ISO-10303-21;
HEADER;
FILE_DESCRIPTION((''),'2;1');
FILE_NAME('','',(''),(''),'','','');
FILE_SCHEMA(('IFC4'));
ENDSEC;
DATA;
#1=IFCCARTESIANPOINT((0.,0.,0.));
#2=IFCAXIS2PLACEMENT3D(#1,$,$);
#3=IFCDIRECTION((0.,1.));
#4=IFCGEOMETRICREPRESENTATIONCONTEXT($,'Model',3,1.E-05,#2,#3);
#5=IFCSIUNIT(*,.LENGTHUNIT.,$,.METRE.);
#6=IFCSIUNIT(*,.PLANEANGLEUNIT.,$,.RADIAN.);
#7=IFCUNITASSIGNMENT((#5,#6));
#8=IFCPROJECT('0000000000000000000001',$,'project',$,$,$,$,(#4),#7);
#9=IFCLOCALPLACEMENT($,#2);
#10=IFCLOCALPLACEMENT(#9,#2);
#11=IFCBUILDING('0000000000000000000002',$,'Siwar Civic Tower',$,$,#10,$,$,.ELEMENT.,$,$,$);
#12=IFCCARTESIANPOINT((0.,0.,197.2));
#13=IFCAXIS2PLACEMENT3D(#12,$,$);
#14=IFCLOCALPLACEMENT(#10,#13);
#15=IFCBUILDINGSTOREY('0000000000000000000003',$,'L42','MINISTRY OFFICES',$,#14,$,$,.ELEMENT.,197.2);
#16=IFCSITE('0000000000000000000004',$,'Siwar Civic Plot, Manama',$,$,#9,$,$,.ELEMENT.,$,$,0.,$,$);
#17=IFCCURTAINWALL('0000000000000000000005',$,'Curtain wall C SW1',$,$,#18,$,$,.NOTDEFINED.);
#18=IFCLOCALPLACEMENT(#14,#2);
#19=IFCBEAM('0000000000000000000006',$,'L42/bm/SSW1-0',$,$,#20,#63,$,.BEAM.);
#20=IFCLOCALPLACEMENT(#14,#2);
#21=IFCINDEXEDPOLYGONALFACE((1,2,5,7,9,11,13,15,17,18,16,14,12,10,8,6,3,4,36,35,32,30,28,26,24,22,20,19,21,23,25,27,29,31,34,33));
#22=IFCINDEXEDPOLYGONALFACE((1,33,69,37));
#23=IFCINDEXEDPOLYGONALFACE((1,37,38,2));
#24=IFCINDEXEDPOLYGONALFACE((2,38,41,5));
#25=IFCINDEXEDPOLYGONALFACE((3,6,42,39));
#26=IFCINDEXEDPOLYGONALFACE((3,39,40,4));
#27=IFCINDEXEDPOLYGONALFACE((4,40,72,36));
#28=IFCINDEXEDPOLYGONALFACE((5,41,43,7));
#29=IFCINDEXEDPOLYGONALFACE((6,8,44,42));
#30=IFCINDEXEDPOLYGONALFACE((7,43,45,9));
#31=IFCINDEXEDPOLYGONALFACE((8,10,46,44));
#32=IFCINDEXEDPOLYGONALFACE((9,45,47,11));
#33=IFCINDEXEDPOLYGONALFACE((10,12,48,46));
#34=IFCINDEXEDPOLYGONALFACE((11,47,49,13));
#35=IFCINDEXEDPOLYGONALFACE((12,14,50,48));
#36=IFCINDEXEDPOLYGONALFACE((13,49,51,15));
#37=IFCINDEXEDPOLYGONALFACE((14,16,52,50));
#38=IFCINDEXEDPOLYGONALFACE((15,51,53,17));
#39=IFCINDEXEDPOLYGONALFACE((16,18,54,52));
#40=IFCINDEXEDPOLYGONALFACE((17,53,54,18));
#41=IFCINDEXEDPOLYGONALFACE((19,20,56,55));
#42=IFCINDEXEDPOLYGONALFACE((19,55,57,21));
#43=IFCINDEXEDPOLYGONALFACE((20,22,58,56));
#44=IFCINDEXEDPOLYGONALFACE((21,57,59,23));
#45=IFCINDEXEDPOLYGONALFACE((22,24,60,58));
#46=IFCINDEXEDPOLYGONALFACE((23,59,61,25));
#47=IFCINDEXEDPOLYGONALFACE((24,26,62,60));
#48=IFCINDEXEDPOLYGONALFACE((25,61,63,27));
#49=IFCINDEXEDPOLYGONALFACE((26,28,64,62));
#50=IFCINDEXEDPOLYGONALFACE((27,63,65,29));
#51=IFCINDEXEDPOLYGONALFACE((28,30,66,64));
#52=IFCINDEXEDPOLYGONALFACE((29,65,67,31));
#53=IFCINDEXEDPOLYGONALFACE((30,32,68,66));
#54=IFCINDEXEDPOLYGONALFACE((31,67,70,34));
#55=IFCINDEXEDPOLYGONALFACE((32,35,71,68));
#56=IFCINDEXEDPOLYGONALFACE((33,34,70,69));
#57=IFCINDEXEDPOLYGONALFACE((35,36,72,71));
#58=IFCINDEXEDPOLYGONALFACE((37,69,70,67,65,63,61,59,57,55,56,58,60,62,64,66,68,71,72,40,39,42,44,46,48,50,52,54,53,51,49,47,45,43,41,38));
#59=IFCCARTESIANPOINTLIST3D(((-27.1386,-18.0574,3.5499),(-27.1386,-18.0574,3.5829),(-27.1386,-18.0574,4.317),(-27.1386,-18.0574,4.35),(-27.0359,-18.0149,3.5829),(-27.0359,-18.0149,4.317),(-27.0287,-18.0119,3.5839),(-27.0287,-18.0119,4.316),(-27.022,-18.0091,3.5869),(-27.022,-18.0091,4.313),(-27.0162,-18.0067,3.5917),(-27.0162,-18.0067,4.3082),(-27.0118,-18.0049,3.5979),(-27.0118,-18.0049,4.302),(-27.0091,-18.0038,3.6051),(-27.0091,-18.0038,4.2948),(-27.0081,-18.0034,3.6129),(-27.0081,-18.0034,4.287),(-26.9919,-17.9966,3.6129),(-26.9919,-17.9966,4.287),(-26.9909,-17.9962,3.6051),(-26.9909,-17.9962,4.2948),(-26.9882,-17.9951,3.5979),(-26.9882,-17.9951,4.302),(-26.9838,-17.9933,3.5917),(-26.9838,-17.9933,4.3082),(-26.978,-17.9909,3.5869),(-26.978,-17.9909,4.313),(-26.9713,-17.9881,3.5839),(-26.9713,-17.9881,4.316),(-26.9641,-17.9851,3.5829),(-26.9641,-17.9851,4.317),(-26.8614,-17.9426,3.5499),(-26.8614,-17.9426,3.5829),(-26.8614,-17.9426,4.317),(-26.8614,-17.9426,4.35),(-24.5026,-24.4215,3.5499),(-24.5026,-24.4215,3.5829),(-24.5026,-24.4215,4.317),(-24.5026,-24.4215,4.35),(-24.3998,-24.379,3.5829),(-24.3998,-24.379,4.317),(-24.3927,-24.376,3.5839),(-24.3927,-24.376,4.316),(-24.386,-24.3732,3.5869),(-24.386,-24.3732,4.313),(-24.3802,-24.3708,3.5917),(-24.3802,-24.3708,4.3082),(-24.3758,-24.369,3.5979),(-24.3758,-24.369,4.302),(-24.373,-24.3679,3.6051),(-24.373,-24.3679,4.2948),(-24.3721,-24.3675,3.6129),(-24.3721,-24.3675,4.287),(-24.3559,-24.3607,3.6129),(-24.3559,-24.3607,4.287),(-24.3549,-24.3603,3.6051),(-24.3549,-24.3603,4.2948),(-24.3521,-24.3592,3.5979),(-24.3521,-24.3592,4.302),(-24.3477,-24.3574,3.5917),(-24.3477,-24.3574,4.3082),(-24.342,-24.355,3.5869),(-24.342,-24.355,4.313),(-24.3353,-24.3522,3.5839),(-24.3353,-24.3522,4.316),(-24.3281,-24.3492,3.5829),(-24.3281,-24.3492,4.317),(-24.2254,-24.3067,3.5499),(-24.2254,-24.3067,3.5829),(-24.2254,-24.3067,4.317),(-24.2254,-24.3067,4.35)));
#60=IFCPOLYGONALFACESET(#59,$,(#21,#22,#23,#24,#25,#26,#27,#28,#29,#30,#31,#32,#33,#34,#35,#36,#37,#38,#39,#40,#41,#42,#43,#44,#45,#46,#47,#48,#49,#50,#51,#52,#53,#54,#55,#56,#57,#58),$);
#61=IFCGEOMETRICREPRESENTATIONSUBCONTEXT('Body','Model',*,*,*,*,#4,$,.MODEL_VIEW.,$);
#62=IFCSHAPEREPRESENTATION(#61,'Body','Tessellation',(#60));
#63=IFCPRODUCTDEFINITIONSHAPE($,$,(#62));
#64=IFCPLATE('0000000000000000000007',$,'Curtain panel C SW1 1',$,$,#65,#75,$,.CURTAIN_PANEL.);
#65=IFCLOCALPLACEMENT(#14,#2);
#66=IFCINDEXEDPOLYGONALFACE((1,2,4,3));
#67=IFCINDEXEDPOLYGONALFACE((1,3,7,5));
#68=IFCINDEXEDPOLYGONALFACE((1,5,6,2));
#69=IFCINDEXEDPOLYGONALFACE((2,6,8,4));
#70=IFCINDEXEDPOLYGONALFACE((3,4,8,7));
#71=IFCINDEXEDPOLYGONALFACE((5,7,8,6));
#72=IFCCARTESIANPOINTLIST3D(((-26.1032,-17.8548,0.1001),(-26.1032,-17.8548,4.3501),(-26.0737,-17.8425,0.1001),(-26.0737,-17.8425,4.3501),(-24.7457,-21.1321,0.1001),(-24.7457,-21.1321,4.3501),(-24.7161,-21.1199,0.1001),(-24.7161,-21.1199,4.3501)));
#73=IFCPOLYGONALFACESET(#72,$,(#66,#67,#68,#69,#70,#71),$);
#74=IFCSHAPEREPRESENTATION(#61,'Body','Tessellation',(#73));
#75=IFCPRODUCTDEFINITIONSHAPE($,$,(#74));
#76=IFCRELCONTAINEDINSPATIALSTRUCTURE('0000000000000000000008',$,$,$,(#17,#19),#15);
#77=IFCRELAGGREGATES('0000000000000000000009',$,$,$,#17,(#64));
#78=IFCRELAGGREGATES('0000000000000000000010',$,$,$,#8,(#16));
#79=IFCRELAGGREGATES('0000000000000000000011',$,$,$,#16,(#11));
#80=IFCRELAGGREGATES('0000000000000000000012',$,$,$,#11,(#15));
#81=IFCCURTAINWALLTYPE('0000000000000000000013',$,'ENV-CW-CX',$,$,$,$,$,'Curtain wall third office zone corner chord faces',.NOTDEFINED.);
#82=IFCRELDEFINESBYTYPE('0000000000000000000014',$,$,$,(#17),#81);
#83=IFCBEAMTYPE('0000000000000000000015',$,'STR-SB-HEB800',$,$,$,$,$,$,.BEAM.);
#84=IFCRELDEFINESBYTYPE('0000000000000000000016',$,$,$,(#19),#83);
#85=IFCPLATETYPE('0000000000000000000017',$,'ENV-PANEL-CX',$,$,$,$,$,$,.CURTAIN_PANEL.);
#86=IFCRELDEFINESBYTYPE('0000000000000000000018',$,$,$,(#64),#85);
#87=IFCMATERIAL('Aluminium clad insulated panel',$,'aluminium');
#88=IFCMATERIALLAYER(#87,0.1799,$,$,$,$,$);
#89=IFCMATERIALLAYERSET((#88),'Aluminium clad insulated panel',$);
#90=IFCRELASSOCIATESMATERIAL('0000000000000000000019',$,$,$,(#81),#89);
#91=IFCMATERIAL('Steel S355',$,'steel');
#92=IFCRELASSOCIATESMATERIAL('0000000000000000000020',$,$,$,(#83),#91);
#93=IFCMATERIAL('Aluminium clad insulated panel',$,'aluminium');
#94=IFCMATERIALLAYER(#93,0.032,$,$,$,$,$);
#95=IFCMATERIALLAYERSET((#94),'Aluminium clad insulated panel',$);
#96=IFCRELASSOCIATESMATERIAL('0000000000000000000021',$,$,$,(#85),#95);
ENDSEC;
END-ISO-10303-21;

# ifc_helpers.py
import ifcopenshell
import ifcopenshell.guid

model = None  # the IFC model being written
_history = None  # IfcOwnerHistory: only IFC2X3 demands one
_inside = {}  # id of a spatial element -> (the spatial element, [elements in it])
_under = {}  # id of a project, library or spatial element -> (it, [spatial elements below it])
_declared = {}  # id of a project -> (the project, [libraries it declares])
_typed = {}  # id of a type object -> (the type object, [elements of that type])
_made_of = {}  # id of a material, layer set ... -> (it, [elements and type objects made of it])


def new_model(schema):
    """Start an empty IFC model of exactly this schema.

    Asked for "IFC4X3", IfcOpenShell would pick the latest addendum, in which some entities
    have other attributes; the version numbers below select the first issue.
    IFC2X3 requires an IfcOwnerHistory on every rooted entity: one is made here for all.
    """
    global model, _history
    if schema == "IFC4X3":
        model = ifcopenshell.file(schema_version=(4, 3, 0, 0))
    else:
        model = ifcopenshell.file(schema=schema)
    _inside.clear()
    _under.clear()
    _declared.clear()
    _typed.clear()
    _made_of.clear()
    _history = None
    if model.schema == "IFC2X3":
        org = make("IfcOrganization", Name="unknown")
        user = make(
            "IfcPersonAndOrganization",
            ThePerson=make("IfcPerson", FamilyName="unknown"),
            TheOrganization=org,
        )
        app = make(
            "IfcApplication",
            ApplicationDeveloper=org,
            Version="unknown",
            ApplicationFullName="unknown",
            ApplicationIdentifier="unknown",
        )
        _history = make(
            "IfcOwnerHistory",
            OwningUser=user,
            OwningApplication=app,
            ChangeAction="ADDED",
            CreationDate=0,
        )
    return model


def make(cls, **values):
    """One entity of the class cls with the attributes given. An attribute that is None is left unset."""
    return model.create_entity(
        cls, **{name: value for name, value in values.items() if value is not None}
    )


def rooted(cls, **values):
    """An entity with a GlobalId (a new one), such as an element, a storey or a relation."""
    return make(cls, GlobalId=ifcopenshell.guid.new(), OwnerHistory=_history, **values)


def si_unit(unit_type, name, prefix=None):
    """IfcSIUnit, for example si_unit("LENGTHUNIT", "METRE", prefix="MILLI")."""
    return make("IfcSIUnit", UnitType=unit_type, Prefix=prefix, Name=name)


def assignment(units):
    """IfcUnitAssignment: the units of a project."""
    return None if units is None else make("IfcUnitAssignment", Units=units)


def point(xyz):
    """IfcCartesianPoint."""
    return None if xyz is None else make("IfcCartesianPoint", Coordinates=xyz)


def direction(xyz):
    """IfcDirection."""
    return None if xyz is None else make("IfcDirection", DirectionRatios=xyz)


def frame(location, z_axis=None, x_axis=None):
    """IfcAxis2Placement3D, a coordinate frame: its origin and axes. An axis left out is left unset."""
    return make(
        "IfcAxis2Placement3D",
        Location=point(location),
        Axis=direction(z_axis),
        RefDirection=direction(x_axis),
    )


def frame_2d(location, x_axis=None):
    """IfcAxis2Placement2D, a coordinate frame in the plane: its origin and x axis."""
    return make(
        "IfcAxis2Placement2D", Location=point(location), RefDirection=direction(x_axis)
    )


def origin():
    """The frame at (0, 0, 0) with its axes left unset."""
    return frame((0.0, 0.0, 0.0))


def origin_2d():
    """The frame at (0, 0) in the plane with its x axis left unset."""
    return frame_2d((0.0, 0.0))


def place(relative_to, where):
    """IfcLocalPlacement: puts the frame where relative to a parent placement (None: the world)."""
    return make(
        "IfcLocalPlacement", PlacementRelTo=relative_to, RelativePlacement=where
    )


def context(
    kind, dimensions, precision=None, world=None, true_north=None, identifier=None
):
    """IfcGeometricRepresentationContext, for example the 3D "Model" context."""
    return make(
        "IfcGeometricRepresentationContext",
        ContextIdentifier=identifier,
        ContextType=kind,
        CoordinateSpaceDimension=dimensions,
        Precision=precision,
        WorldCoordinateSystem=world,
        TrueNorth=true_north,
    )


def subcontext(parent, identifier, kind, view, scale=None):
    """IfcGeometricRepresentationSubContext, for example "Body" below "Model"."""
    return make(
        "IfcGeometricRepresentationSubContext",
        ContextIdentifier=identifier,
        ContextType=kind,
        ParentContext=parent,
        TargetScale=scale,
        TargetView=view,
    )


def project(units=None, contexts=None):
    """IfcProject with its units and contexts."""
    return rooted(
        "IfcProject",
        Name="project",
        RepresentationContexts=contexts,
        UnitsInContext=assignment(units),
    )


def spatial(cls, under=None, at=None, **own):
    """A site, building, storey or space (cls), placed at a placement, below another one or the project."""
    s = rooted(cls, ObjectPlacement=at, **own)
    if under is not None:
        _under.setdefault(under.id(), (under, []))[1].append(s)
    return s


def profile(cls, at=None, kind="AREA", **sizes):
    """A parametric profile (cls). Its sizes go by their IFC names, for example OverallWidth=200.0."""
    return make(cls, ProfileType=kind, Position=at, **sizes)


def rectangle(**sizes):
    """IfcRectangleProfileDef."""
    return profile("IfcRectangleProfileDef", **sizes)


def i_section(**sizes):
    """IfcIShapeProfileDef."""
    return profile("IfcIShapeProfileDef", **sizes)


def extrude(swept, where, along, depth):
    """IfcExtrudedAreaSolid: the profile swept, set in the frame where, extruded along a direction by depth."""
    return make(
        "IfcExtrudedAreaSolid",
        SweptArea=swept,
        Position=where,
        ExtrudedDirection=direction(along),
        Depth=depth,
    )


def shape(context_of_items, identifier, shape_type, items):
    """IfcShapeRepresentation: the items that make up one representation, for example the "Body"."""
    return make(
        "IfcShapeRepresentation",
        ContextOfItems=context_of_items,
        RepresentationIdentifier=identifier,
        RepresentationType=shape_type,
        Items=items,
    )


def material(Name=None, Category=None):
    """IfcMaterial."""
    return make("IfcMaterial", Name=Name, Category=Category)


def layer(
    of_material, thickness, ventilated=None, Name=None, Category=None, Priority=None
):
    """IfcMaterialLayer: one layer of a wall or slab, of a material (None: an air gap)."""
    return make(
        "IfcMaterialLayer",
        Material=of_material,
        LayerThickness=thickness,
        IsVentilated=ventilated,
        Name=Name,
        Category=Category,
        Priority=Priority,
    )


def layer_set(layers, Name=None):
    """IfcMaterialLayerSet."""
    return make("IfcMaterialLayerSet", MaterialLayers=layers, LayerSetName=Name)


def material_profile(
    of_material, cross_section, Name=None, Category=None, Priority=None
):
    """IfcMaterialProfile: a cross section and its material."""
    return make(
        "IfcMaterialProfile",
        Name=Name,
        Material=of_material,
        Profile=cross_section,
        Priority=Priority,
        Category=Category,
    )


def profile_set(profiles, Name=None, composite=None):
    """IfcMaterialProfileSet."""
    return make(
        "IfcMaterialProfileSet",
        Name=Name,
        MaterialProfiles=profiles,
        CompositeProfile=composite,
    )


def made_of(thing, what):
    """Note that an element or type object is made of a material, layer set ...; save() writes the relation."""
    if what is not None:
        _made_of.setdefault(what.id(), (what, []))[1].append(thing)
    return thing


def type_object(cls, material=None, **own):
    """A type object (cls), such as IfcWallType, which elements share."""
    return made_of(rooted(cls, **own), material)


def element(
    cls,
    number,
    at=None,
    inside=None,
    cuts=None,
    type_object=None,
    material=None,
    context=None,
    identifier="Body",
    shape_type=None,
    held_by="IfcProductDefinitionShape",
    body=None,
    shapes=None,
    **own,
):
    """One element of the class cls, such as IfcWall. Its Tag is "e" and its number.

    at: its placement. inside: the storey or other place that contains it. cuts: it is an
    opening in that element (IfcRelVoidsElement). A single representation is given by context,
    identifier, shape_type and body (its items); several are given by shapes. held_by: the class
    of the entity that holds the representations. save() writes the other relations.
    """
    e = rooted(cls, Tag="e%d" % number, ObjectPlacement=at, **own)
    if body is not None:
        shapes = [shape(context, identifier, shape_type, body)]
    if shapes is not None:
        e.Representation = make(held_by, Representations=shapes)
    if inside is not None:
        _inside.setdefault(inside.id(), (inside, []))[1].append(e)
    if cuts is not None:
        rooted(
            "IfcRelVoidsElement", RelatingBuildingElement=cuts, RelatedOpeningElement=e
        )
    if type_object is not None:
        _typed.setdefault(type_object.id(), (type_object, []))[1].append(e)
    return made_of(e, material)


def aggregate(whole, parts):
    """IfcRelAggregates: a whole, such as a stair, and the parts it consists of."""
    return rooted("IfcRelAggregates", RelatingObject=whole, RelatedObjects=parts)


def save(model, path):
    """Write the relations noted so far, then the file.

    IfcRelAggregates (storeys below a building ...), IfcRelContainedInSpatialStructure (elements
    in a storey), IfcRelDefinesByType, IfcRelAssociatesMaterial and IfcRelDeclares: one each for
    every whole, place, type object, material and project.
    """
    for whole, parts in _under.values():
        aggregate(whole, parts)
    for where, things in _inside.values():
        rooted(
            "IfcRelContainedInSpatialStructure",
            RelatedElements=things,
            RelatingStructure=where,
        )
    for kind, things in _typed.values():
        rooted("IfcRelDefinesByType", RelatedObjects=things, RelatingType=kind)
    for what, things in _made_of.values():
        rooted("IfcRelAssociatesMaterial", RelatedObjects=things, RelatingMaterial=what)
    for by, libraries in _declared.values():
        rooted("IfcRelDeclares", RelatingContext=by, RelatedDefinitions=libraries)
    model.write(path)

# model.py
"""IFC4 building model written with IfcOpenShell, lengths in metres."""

from ifc_helpers import new_model, si_unit, direction, frame, origin, origin_2d, place, context, subcontext, project, spatial, rectangle, i_section, extrude, material, layer, layer_set, material_profile, profile_set, type_object, element, aggregate, save


model = new_model("IFC4")

# Units and contexts
model_context = context("Model", 3, precision=1e-05, world=origin(), true_north=direction((0.0, 1.0)))
body_context = subcontext(model_context, "Body", "Model", "MODEL_VIEW")
ifc_project = project(units=[si_unit("LENGTHUNIT", "METRE"), si_unit("PLANEANGLEUNIT", "RADIAN")], contexts=[model_context])

# Site, building, storey
site_placement = place(None, origin())
site = spatial("IfcSite", under=ifc_project, at=site_placement, Name="Siwar Civic Plot, Manama", CompositionType="ELEMENT", RefElevation=0.0)
building_placement = place(site_placement, origin())
building = spatial("IfcBuilding", under=site, at=building_placement, Name="Siwar Civic Tower", CompositionType="ELEMENT")
storey_placement = place(building_placement, frame((0.0, 0.0, 197.2)))
storey = spatial("IfcBuildingStorey", under=building, at=storey_placement, Name="L42", Description="MINISTRY OFFICES", CompositionType="ELEMENT", Elevation=197.2)

# Curtain wall
ifc_material_1 = material(Name="Aluminium clad insulated panel", Category="aluminium")
ifc_layer_1 = layer(ifc_material_1, 0.1799)
ifc_layer_set_1 = layer_set([ifc_layer_1], Name="Aluminium clad insulated panel")
curtain_wall_type = type_object("IfcCurtainWallType", Name="ENV-CW-CX", ElementType="Curtain wall third office zone corner chord faces", PredefinedType="NOTDEFINED", material=ifc_layer_set_1)
curtain_wall_placement = place(storey_placement, origin())
curtain_wall = element("IfcCurtainWall", 1, at=curtain_wall_placement, inside=storey, type_object=curtain_wall_type, Name="Curtain wall C SW1", PredefinedType="NOTDEFINED")

# Beam
ifc_material_2 = material(Name="Steel S355", Category="steel")
ifc_material_profile_1 = material_profile(ifc_material_2, i_section(OverallWidth=0.3, OverallDepth=0.8, WebThickness=0.0176, FlangeThickness=0.033, FilletRadius=0.03, at=origin_2d()), Name="HEB800")
ifc_profile_set_1 = profile_set([ifc_material_profile_1], Name="Steel S355")
beam_type_1 = type_object("IfcBeamType", Name="STR-SB-HEB800", PredefinedType="BEAM", material=ifc_profile_set_1)
beam_1_placement = place(storey_placement, frame((-27.0, -18.0, 3.95), z_axis=(0.382674, -0.923883, 0.0), x_axis=(0.923883, 0.382674, 0.0)))
element("IfcBeam", 2, at=beam_1_placement, inside=storey, type_object=beam_type_1, Name="L42/bm/SSW1-0", PredefinedType="BEAM", context=body_context, shape_type="SweptSolid", body=[
    extrude(i_section(OverallWidth=0.3, OverallDepth=0.8, WebThickness=0.0176, FlangeThickness=0.033, FilletRadius=0.03, at=origin_2d()), origin(), (0.0, 0.0, 1.0), 6.8884),
])

# Plate
ifc_material_3 = material(Name="Aluminium clad insulated panel", Category="aluminium")
ifc_layer_2 = layer(ifc_material_3, 0.032)
ifc_layer_set_2 = layer_set([ifc_layer_2], Name="Aluminium clad insulated panel")
plate_type = type_object("IfcPlateType", Name="ENV-PANEL-CX", PredefinedType="CURTAIN_PANEL", material=ifc_layer_set_2)
plate_placement = place(storey_placement, frame((-25.4097, -19.4873, 0.1001), z_axis=(0.0, 0.0, 1.0), x_axis=(0.382683, -0.92388, 0.0)))
plate = element("IfcPlate", 3, at=plate_placement, type_object=plate_type, Name="Curtain panel C SW1 1", PredefinedType="CURTAIN_PANEL", context=body_context, shape_type="SweptSolid", body=[
    extrude(rectangle(XDim=3.5474, YDim=0.032, at=origin_2d()), origin(), (0.0, 0.0, 1.0), 4.25),
])
aggregate(curtain_wall, [plate])

save(model, "model.ifc")
